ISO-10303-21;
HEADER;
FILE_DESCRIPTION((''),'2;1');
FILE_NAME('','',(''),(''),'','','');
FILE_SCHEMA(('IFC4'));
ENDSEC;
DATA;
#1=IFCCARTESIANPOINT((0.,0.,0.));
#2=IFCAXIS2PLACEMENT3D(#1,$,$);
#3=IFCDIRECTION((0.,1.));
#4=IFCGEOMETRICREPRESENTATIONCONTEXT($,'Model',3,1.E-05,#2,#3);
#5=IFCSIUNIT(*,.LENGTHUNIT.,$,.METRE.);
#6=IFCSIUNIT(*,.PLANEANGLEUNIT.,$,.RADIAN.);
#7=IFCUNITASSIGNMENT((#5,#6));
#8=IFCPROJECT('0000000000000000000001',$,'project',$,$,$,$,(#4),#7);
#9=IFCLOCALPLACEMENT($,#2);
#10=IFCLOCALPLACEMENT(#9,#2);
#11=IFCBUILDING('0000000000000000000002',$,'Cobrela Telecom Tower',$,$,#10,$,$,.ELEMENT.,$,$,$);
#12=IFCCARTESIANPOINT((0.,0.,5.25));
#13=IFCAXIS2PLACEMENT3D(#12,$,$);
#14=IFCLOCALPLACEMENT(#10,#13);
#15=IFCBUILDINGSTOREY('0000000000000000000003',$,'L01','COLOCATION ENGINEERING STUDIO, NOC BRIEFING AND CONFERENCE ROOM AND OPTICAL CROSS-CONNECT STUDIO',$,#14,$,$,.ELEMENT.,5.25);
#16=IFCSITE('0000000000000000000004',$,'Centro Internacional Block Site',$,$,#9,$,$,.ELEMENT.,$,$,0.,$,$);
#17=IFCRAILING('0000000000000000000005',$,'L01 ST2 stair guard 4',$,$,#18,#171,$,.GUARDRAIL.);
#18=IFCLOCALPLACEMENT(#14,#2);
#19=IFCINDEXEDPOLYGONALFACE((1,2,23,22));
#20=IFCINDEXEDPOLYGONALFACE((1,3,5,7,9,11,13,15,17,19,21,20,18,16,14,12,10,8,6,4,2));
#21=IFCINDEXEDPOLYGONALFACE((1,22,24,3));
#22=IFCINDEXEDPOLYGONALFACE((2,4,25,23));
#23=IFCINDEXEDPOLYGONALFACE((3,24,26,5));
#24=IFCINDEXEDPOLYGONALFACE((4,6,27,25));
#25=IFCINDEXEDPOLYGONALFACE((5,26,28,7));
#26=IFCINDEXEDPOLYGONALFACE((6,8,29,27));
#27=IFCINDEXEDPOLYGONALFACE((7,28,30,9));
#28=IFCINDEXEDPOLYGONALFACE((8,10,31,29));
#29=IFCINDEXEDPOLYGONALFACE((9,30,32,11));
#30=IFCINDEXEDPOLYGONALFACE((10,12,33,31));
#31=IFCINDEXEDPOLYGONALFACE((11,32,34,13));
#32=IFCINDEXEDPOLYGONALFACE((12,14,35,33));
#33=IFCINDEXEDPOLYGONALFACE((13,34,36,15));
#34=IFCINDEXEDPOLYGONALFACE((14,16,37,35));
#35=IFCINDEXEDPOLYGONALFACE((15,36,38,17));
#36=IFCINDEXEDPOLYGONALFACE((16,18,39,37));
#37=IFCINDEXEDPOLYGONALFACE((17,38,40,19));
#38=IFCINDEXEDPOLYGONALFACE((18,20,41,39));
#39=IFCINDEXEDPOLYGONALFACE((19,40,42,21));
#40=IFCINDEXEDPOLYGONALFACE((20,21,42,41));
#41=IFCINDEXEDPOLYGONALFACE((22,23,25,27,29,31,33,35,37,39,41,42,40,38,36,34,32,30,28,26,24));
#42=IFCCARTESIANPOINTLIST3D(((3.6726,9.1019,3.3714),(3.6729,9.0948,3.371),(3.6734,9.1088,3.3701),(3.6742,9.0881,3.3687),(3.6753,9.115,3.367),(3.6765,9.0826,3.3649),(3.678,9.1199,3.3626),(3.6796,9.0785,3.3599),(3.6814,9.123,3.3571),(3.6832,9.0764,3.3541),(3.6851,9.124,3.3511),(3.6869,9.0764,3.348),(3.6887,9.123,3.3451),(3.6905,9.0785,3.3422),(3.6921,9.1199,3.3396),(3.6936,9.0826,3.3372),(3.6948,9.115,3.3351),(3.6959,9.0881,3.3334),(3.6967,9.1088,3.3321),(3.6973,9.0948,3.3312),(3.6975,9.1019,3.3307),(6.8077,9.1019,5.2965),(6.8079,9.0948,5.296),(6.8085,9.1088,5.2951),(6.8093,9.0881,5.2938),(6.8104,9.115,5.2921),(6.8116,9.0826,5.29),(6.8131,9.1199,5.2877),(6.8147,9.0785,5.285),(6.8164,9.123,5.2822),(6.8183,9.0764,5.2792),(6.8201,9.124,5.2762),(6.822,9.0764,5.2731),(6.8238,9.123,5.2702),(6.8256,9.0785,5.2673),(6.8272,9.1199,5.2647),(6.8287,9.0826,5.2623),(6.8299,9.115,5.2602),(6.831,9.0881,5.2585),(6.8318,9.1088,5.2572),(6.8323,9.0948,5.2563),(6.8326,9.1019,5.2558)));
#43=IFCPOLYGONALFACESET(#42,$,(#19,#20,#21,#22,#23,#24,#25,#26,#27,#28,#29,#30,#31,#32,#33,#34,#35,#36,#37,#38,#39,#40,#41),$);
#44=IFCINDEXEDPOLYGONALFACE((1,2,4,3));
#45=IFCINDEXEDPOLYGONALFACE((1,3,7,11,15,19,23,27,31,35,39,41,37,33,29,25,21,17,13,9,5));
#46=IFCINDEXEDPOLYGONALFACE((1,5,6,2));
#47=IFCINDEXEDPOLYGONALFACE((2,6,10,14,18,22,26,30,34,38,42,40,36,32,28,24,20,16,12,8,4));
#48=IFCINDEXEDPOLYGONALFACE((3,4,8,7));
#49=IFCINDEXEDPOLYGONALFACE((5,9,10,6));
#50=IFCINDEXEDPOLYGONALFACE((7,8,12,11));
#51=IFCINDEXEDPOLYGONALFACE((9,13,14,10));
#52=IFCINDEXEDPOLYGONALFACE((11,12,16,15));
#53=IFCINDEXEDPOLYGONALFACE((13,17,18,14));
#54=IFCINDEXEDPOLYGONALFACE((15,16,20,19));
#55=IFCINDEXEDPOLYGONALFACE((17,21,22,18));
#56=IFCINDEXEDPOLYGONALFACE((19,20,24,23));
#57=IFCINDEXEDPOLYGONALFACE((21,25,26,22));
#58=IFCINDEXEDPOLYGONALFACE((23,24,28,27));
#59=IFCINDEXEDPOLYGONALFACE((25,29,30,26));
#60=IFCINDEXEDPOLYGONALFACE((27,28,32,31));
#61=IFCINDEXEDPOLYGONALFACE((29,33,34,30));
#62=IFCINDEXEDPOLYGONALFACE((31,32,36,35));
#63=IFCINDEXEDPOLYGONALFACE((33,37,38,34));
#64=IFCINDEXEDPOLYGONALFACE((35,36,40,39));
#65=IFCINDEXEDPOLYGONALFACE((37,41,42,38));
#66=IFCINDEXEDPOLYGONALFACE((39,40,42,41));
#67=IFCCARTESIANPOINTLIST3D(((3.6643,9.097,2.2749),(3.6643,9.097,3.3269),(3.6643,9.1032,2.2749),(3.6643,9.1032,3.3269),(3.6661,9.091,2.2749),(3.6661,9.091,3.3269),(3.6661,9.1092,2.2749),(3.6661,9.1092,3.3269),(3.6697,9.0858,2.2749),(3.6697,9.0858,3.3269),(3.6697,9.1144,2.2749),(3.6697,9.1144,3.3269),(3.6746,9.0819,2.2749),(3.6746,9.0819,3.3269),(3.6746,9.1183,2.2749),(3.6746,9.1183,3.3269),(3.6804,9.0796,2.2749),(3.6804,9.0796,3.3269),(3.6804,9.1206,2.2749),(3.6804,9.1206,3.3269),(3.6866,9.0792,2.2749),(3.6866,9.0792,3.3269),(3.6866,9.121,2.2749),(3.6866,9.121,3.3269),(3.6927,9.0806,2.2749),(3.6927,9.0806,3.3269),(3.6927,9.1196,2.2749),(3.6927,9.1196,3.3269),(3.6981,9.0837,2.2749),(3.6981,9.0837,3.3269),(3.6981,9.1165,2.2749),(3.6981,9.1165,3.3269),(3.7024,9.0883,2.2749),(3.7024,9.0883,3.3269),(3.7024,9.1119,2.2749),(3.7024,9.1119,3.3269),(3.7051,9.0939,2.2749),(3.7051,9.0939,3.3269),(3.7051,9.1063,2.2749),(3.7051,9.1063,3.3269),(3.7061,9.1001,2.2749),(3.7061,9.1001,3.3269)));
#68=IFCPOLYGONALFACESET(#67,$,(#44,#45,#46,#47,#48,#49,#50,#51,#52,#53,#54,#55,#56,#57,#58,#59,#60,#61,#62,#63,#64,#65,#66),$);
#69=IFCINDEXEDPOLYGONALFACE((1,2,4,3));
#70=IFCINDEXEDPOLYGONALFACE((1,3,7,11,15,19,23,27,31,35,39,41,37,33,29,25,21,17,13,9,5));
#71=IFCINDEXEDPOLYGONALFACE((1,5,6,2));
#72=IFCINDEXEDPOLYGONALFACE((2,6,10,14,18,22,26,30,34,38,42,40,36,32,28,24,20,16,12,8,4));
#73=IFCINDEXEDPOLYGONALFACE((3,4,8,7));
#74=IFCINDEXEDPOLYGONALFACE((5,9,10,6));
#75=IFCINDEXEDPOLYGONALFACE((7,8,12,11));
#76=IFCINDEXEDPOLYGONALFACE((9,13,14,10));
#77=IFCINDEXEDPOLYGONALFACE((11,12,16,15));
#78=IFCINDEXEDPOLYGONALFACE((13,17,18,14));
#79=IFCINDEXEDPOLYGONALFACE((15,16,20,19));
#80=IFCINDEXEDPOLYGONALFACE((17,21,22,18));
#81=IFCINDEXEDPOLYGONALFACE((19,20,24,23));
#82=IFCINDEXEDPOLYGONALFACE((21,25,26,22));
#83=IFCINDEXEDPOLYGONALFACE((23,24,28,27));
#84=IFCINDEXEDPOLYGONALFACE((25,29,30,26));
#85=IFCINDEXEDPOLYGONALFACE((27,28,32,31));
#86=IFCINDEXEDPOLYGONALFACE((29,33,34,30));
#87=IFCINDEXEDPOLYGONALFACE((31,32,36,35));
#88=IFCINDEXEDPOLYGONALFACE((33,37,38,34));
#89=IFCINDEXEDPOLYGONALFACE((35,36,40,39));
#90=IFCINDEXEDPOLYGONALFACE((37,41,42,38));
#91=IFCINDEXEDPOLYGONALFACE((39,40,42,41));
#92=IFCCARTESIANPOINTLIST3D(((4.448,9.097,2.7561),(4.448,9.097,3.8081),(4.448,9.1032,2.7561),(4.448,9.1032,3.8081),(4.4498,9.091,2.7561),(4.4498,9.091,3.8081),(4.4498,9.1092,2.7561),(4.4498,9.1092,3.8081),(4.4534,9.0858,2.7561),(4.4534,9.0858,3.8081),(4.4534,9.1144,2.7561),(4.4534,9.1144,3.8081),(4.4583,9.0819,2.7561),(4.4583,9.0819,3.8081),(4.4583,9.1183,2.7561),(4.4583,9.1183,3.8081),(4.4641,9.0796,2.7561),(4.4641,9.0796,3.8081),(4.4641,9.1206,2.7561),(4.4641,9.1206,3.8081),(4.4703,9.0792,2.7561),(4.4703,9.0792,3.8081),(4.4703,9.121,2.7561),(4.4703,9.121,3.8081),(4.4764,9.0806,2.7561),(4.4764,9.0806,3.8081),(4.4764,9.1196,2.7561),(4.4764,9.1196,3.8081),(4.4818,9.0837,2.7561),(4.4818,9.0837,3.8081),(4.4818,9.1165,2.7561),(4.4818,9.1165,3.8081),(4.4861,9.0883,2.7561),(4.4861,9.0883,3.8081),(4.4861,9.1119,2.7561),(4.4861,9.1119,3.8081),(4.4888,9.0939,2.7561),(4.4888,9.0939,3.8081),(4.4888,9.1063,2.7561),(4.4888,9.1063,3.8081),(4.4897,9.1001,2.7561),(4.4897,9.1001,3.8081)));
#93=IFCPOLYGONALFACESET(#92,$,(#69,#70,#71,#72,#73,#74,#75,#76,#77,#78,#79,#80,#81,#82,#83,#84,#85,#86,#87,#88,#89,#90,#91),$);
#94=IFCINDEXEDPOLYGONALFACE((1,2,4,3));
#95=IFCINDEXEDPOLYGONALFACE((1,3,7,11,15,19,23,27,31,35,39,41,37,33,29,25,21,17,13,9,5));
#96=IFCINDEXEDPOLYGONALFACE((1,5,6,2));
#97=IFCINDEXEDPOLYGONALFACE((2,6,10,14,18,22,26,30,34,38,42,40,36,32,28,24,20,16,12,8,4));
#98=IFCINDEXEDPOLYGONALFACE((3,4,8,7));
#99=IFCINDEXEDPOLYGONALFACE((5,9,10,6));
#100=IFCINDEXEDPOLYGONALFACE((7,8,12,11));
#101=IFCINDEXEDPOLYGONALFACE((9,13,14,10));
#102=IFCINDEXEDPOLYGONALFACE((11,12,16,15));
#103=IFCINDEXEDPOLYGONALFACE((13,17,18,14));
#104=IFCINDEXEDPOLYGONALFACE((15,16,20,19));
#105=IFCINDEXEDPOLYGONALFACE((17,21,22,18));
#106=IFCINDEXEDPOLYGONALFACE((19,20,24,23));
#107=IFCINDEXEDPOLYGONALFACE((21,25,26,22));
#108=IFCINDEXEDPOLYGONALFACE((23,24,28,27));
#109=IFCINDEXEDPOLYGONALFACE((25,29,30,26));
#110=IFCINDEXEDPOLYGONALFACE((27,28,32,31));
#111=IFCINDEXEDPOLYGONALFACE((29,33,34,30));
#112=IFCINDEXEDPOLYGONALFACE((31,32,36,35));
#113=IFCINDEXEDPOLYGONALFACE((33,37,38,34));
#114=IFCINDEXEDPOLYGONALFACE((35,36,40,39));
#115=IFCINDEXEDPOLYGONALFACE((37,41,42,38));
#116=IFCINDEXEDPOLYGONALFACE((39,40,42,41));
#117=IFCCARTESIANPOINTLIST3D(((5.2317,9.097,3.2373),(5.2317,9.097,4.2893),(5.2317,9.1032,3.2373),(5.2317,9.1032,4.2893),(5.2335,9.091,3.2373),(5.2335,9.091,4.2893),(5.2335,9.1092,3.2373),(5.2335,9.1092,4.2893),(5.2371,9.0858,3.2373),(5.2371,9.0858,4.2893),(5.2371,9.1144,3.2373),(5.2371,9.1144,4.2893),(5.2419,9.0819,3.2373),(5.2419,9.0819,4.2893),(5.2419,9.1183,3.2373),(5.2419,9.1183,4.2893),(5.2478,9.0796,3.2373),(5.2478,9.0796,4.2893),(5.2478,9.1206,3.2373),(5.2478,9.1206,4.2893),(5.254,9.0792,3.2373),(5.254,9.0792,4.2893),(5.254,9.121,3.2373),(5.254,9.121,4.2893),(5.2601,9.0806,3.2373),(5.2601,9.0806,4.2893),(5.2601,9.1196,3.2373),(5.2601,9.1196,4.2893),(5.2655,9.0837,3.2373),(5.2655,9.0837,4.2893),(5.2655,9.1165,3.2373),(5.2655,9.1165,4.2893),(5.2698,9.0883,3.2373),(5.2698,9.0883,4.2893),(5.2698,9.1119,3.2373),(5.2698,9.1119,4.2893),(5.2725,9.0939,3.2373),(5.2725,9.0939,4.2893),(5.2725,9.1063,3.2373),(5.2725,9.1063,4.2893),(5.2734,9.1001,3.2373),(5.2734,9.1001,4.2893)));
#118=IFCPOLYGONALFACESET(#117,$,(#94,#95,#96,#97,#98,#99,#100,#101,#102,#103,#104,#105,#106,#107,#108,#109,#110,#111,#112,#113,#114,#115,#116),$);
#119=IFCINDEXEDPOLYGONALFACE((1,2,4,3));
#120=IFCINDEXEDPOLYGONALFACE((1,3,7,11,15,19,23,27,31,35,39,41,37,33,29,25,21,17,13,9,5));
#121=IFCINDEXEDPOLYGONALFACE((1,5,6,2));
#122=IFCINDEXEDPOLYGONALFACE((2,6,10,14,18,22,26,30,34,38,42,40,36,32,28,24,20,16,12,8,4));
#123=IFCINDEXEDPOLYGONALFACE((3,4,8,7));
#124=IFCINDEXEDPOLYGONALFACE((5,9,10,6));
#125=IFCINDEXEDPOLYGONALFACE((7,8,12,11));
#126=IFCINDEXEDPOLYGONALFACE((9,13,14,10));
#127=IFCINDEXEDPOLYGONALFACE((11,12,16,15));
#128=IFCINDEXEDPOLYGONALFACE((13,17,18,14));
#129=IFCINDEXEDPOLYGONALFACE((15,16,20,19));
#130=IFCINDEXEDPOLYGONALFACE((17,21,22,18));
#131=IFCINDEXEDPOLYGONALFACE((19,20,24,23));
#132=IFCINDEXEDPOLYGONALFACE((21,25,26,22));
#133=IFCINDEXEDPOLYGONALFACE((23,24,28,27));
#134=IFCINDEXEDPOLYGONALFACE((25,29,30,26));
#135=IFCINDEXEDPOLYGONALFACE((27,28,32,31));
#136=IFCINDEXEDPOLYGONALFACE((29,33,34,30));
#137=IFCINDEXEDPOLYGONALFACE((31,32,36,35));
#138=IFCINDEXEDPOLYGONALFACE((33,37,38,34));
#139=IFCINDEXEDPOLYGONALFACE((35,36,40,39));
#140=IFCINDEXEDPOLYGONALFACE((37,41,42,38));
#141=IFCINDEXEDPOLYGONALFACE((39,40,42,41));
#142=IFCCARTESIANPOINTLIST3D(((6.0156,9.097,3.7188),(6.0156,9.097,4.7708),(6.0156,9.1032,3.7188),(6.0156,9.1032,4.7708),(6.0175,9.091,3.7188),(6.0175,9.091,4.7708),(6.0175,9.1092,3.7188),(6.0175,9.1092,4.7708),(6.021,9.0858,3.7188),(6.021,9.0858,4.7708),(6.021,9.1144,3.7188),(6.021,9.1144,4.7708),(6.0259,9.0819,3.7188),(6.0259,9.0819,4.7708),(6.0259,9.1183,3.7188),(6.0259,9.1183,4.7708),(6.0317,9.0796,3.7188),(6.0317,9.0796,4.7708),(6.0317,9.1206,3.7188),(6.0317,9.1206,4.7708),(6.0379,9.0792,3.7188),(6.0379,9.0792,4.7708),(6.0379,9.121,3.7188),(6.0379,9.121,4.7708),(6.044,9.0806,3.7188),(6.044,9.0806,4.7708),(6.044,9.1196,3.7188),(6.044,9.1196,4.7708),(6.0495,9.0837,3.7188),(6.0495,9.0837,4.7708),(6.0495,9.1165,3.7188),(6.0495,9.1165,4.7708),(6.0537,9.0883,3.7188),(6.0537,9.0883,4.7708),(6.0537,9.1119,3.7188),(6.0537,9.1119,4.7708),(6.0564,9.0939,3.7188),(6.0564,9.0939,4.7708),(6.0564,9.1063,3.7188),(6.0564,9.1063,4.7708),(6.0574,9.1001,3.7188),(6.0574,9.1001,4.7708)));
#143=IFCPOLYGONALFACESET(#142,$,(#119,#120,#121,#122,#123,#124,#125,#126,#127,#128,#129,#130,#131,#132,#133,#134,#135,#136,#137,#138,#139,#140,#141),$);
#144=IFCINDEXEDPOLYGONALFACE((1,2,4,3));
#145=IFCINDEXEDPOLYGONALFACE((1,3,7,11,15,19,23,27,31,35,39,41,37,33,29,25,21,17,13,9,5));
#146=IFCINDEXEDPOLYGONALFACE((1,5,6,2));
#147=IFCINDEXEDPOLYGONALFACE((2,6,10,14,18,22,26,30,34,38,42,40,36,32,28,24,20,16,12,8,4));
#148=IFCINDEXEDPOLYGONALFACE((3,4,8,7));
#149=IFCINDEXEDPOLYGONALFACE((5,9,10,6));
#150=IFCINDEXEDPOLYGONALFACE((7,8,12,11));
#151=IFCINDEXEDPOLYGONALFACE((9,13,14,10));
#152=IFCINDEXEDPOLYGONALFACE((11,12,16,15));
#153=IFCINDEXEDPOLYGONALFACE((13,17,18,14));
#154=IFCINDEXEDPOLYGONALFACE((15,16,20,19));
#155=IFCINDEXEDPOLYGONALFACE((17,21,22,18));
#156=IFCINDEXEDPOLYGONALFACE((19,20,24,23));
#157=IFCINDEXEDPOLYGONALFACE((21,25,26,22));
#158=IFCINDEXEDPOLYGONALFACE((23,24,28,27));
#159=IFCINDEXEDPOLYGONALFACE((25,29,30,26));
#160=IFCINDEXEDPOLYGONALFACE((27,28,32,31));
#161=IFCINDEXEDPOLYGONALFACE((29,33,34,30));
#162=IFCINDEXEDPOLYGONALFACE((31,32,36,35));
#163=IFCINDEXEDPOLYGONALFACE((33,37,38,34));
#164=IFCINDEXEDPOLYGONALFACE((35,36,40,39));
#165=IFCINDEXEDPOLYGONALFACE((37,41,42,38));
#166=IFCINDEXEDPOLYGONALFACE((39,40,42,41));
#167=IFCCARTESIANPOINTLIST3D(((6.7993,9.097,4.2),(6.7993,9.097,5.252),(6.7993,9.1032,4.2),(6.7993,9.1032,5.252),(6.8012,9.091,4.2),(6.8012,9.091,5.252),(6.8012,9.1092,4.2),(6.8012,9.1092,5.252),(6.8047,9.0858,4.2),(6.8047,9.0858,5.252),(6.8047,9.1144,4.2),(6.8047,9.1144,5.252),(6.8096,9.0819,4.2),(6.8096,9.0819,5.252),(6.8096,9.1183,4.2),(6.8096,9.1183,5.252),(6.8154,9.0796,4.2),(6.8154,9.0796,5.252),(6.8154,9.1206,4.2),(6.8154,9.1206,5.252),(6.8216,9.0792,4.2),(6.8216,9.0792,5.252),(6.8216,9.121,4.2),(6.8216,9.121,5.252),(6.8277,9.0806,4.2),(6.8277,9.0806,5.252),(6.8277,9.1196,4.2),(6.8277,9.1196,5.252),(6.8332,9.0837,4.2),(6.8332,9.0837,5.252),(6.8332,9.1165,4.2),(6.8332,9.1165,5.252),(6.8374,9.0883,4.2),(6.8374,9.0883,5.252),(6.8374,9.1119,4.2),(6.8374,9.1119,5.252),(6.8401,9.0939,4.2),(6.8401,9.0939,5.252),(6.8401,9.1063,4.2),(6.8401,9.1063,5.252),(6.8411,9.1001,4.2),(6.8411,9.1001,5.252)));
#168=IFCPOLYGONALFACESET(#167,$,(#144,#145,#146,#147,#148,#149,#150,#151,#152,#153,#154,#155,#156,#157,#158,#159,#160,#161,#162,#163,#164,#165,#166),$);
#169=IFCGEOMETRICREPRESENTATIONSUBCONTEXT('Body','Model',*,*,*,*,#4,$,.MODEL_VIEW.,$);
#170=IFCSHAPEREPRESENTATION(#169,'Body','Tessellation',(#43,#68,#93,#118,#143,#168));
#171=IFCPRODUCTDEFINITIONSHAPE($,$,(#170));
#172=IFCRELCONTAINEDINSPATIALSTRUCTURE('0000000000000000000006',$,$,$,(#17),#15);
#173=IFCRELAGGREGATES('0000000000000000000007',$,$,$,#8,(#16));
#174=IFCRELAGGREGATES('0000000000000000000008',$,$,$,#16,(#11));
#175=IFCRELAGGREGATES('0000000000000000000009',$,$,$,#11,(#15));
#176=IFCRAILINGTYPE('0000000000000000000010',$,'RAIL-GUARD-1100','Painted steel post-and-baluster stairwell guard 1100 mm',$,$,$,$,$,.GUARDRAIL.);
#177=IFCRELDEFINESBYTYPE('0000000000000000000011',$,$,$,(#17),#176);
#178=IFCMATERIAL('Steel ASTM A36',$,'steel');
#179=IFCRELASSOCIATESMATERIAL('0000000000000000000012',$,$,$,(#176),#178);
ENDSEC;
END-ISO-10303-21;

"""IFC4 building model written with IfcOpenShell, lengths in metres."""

from ifc_helpers import new_model, si_unit, direction, frame, origin, origin_2d, place, context, subcontext, project, spatial, circle, extrude, material, type_object, element, save


model = new_model("IFC4")

# Units and contexts
model_context = context("Model", 3, precision=1e-05, world=origin(), true_north=direction((0.0, 1.0)))
body_context = subcontext(model_context, "Body", "Model", "MODEL_VIEW")
ifc_project = project(units=[si_unit("LENGTHUNIT", "METRE"), si_unit("PLANEANGLEUNIT", "RADIAN")], contexts=[model_context])

# Site, building, storey
site_placement = place(None, origin())
site = spatial("IfcSite", under=ifc_project, at=site_placement, Name="Centro Internacional Block Site", CompositionType="ELEMENT", RefElevation=0.0)
building_placement = place(site_placement, origin())
building = spatial("IfcBuilding", under=site, at=building_placement, Name="Cobrela Telecom Tower", CompositionType="ELEMENT")
storey_placement = place(building_placement, frame((0.0, 0.0, 5.25)))
storey = spatial("IfcBuildingStorey", under=building, at=storey_placement, Name="L01", Description="COLOCATION ENGINEERING STUDIO, NOC BRIEFING AND CONFERENCE ROOM AND OPTICAL CROSS-CONNECT STUDIO", CompositionType="ELEMENT", Elevation=5.25)

# Railing
ifc_material_1 = material(Name="Steel ASTM A36", Category="steel")
railing_type_1 = type_object("IfcRailingType", Name="RAIL-GUARD-1100", Description="Painted steel post-and-baluster stairwell guard 1100 mm", PredefinedType="GUARDRAIL", material=ifc_material_1)
railing_1_placement = place(storey_placement, frame((3.6851, 9.1001, 2.2749)))
element("IfcRailing", 1, at=railing_1_placement, inside=storey, type_object=railing_type_1, Name="L01 ST2 stair guard 4", PredefinedType="GUARDRAIL", context=body_context, shape_type="SweptSolid", body=[
    extrude(circle(Radius=0.0239, at=origin_2d()), frame((0.0, 0.0, 1.0762), z_axis=(0.852166, 0.0, 0.523271), x_axis=(0.0, 1.0, 0.0)), (0.0, 0.0, 1.0), 3.679),
    extrude(circle(Radius=0.021, at=origin_2d()), origin(), (0.0, 0.0, 1.0), 1.052),
    extrude(circle(Radius=0.021, at=origin_2d()), frame((0.7837, 0.0, 0.4812)), (0.0, 0.0, 1.0), 1.052),
    extrude(circle(Radius=0.021, at=origin_2d()), frame((1.5674, 0.0, 0.9624)), (0.0, 0.0, 1.0), 1.052),
    extrude(circle(Radius=0.021, at=origin_2d()), frame((2.3513, 0.0, 1.4438)), (0.0, 0.0, 1.0), 1.052),
    extrude(circle(Radius=0.021, at=origin_2d()), frame((3.135, 0.0, 1.925)), (0.0, 0.0, 1.0), 1.052),
])

save(model, "model.ifc")
